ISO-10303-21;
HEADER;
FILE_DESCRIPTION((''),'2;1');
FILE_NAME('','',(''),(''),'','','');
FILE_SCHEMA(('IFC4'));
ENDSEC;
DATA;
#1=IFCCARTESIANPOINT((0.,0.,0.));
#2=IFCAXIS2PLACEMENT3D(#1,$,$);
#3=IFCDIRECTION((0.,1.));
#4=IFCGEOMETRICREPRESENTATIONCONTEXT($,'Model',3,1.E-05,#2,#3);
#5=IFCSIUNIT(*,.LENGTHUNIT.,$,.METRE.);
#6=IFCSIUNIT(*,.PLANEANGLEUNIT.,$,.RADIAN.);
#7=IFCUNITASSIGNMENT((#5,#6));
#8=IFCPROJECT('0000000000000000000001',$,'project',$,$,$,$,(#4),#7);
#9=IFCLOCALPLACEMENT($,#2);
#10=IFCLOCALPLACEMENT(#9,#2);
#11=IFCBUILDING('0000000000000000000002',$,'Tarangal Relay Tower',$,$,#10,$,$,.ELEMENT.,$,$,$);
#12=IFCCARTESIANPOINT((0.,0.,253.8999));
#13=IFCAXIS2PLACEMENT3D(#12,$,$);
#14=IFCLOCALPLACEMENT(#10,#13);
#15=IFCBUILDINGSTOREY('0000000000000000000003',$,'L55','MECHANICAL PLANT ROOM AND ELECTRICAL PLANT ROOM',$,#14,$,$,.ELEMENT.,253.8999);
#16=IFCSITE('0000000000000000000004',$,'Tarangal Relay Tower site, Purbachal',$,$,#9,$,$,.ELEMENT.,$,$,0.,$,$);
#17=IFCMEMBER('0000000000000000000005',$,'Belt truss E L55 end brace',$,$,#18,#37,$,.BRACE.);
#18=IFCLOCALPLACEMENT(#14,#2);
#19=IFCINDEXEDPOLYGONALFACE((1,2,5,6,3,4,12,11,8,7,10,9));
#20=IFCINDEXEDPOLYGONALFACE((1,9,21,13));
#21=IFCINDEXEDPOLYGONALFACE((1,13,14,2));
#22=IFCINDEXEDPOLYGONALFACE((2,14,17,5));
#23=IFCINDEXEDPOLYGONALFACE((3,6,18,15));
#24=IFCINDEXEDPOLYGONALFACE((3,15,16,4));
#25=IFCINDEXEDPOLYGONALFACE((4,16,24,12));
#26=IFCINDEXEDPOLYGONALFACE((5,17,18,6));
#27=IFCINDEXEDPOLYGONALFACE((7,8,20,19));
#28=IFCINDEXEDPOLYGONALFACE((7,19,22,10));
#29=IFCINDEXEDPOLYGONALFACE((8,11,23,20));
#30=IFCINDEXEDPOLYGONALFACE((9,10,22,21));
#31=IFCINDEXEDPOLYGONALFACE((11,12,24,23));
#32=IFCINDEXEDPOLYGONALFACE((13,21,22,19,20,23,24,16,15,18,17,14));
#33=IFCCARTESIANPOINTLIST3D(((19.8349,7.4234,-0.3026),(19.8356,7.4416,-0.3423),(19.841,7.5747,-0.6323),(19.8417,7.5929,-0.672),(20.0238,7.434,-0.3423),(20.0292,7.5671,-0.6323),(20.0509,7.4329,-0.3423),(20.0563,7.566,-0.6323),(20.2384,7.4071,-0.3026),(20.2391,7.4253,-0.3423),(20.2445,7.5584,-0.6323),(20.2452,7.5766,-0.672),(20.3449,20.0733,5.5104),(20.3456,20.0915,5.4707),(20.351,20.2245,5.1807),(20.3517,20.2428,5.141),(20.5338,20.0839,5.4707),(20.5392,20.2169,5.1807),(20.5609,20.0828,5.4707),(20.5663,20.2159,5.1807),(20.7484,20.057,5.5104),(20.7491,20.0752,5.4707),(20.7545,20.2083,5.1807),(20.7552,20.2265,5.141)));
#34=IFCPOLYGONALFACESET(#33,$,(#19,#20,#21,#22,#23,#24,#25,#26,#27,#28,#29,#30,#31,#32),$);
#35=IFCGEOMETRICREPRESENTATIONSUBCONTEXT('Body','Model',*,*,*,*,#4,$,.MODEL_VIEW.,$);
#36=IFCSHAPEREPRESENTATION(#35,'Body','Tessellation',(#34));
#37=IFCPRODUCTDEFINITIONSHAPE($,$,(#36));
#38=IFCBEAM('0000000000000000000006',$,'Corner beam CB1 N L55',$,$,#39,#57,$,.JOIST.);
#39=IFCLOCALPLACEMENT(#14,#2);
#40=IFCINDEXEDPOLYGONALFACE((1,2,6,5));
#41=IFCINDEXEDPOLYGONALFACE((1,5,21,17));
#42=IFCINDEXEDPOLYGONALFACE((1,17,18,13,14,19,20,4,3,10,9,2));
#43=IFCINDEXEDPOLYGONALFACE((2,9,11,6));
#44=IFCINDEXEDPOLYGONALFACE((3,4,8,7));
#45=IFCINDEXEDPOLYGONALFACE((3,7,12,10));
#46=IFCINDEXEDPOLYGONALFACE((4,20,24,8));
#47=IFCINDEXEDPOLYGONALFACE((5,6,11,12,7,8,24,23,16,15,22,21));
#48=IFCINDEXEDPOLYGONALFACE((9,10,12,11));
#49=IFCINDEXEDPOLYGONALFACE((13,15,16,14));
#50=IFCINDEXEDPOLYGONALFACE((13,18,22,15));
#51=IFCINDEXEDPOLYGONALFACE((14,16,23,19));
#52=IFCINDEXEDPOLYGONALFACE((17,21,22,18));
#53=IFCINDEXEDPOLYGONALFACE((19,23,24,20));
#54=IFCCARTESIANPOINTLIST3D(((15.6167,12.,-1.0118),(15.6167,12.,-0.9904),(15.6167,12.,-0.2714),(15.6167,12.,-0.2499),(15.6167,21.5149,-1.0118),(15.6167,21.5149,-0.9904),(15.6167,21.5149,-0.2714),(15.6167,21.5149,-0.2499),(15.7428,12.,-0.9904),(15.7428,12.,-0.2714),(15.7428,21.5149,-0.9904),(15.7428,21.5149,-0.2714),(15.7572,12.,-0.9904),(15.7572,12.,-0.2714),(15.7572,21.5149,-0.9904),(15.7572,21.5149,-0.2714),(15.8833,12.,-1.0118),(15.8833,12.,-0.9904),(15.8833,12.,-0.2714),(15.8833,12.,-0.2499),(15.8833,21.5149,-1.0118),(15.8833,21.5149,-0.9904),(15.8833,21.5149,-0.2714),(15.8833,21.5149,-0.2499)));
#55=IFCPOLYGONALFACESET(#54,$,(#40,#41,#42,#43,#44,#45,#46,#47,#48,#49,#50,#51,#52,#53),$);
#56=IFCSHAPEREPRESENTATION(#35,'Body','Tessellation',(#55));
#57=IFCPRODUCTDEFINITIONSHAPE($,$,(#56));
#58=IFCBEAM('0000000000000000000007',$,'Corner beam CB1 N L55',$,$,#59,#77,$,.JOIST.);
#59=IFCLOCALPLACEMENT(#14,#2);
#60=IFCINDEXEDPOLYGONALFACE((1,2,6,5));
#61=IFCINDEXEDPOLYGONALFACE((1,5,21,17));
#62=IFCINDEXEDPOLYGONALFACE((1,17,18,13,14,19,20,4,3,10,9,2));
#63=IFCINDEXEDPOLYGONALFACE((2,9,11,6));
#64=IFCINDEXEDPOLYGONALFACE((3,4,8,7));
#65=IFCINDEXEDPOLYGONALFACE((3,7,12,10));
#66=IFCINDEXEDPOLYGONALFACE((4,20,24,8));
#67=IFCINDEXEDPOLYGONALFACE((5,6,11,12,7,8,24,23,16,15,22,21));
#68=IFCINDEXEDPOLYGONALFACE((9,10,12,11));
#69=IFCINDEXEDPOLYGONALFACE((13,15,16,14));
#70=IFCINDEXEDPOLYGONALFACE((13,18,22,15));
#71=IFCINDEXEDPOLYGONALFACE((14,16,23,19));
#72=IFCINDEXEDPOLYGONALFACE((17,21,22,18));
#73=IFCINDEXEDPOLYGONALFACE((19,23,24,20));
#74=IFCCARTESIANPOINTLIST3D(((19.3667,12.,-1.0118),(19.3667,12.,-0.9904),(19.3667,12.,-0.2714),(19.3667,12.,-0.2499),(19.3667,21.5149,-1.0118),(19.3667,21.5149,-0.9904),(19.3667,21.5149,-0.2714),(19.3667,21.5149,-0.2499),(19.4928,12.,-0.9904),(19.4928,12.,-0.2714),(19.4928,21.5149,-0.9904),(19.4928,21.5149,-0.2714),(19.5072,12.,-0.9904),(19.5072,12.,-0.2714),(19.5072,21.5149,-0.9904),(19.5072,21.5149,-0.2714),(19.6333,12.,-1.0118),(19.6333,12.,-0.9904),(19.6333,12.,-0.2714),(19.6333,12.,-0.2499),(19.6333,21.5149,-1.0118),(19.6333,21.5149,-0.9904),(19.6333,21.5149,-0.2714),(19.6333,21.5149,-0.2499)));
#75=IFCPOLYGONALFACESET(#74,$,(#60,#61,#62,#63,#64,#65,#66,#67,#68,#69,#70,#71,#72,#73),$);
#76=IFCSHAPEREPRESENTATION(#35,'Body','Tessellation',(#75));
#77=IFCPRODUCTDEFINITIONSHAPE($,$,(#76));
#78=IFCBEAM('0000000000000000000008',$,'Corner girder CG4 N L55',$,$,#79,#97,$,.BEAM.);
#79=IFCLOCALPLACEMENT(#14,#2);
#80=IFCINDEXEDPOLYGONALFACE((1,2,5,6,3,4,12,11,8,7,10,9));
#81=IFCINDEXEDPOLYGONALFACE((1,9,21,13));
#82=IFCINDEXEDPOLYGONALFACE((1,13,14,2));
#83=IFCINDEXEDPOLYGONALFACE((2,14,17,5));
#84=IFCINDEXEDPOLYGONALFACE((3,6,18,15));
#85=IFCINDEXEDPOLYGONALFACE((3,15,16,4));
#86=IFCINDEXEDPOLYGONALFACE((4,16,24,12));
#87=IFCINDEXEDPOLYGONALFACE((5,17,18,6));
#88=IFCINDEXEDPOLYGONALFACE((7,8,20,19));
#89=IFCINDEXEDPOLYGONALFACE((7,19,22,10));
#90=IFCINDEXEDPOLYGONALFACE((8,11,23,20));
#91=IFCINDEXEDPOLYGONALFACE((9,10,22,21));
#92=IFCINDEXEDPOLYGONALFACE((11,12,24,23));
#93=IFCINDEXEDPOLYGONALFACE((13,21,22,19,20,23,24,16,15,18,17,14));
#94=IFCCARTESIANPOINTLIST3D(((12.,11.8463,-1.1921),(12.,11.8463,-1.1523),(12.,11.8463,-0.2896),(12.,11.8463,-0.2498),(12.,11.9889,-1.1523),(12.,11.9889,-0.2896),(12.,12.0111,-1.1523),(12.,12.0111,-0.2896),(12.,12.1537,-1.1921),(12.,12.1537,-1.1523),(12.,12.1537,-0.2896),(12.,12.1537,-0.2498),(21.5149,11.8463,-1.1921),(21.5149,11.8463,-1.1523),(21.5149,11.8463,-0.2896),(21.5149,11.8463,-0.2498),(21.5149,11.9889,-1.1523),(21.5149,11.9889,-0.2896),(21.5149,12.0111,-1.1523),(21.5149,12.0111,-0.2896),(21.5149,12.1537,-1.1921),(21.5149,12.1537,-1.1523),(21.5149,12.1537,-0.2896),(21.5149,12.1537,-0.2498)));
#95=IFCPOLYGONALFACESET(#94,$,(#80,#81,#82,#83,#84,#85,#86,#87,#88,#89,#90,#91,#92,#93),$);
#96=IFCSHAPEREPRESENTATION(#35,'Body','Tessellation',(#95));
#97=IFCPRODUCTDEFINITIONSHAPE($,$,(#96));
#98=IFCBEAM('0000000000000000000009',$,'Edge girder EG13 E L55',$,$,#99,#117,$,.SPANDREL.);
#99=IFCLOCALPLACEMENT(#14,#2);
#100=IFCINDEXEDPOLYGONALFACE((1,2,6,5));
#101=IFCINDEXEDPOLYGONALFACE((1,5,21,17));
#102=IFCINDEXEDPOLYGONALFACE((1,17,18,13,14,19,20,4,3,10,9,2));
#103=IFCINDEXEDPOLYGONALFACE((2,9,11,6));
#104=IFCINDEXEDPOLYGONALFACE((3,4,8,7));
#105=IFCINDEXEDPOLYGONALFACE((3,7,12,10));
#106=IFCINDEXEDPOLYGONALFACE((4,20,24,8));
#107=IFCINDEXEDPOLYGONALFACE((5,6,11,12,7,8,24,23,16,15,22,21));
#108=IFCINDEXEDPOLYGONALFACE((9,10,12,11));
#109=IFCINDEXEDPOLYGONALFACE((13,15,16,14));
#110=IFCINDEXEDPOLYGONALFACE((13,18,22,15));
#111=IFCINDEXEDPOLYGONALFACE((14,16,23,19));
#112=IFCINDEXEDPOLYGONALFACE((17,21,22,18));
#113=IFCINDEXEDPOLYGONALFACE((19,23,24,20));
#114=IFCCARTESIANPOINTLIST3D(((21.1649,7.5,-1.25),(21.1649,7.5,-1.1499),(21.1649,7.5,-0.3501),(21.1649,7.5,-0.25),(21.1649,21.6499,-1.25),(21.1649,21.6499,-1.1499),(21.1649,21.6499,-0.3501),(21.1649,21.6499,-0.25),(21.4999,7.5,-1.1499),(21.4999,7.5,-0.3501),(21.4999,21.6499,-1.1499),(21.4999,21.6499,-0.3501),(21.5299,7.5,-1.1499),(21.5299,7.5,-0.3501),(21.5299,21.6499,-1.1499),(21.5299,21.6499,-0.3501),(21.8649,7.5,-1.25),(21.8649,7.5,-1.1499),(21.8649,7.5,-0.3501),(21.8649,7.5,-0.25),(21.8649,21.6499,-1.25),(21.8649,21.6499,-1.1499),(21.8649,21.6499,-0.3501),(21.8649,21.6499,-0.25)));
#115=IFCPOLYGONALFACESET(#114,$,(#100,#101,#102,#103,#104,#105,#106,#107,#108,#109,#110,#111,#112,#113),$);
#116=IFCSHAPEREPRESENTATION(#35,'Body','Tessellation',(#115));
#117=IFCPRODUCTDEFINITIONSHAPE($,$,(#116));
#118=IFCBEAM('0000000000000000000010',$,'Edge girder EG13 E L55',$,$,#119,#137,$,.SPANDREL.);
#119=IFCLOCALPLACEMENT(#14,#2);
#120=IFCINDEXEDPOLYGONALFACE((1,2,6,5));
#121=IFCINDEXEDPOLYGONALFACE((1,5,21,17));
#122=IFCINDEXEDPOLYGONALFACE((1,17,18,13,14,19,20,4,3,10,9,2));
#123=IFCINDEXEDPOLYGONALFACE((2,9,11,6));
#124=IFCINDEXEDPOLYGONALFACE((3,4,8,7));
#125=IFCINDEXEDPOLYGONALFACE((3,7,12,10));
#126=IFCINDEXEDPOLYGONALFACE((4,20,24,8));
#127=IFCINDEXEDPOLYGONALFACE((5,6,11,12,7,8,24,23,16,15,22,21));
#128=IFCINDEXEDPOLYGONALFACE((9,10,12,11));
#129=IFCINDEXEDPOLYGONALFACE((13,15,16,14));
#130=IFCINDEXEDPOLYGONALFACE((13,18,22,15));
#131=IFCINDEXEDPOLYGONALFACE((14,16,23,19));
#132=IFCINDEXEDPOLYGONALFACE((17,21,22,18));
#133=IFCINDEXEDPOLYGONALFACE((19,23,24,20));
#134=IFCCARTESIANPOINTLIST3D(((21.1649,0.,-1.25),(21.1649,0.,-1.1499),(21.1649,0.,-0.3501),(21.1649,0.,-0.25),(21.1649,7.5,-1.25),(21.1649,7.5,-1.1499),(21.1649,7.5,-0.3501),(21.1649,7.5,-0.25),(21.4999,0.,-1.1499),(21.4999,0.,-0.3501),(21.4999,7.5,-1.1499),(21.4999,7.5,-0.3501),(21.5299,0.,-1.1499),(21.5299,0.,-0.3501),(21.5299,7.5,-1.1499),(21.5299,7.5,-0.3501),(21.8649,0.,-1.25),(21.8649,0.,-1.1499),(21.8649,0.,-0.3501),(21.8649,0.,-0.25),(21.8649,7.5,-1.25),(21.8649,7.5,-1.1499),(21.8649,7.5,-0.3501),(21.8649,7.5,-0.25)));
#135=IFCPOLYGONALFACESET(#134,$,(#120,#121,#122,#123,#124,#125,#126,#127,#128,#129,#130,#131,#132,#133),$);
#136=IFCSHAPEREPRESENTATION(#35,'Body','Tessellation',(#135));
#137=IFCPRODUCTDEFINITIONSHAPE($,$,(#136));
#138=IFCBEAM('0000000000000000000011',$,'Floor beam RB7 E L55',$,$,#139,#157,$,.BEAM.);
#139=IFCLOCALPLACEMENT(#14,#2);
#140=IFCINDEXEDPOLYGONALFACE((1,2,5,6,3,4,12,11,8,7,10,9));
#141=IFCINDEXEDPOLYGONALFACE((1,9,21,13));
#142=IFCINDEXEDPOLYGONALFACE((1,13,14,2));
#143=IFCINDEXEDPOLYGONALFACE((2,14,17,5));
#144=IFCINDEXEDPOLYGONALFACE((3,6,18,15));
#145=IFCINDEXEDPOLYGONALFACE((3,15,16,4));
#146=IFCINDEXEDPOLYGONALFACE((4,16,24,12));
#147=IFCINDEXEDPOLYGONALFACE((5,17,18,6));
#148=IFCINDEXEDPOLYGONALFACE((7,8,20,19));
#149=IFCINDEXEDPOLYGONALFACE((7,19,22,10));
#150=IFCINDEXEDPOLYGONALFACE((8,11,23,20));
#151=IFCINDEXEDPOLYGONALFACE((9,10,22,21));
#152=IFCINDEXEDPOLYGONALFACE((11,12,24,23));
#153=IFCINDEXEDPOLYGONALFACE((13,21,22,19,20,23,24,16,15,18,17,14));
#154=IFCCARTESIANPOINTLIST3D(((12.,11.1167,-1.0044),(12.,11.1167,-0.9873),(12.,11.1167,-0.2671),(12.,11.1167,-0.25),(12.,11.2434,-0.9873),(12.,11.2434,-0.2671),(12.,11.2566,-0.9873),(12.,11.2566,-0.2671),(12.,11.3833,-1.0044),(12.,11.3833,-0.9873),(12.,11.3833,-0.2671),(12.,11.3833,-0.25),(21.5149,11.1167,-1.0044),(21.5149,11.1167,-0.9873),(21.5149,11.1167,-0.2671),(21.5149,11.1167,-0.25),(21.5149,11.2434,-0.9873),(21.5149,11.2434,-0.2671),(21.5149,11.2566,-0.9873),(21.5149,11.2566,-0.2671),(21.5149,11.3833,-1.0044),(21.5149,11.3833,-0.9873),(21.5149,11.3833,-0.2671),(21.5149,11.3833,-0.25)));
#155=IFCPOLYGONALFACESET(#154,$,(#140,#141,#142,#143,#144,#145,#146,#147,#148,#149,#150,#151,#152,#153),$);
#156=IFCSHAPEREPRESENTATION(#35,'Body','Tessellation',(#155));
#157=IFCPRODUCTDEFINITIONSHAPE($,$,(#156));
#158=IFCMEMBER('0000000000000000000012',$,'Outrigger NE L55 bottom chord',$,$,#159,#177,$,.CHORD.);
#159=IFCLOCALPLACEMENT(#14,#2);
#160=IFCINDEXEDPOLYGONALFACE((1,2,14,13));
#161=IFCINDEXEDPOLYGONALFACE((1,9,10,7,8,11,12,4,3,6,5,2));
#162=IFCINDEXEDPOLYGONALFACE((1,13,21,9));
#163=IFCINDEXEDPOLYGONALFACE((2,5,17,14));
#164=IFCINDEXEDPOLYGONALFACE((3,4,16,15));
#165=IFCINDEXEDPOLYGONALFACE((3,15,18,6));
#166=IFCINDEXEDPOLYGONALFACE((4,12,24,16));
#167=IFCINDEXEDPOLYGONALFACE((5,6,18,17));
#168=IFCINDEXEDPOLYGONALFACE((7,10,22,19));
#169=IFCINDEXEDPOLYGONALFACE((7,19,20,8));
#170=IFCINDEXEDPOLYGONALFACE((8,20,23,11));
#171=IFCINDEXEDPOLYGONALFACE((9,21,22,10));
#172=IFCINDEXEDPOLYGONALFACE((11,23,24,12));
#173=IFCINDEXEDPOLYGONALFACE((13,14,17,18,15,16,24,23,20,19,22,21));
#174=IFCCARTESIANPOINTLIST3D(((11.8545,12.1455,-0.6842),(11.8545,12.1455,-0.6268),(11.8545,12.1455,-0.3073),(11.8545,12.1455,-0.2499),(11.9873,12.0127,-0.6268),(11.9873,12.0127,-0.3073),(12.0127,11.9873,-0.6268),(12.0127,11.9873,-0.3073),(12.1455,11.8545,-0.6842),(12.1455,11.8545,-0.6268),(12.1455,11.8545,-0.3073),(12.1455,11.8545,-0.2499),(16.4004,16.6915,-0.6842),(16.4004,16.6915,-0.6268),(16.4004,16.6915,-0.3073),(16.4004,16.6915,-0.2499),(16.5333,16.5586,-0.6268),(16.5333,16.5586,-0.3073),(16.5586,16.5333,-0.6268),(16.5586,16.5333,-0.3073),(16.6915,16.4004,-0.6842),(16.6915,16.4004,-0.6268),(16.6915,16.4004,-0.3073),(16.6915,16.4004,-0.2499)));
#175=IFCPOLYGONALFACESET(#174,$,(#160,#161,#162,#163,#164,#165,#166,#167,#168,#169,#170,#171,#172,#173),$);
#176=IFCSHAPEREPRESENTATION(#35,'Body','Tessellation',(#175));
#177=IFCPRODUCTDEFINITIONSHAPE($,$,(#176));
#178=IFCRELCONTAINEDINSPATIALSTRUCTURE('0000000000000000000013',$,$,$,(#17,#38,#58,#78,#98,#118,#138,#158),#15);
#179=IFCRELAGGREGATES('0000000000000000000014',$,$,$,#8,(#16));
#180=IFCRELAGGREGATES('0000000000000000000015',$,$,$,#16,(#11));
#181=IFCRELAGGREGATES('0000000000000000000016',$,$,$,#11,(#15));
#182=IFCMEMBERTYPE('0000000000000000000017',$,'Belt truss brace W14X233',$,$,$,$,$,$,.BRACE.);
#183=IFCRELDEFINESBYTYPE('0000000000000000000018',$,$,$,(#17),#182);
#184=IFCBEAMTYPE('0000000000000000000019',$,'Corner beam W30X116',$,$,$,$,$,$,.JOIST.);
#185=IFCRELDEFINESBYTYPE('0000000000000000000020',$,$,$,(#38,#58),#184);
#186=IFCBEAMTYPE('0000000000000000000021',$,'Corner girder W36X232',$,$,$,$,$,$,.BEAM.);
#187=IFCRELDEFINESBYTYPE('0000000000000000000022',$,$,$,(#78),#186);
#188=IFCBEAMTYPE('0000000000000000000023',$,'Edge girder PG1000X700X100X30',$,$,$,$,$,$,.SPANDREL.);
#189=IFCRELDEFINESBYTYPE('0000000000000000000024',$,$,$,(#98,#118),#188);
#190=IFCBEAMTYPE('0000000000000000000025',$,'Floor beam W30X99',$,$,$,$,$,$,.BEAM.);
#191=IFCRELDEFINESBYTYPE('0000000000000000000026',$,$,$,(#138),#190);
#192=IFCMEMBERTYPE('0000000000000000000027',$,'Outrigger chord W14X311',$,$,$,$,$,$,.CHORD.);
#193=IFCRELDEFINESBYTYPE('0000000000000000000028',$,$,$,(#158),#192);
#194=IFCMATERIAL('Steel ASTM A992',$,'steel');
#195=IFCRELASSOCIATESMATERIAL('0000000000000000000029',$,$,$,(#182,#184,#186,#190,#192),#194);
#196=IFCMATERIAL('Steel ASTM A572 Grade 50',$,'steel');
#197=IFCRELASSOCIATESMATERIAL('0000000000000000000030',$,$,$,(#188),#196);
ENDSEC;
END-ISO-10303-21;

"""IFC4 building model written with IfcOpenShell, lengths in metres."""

from ifc_helpers import new_model, si_unit, direction, frame, origin, origin_2d, place, context, subcontext, project, spatial, i_section, extrude, material, material_profile, profile_set, type_object, element, save


model = new_model("IFC4")

# Units and contexts
model_context = context("Model", 3, precision=1e-05, world=origin(), true_north=direction((0.0, 1.0)))
body_context = subcontext(model_context, "Body", "Model", "MODEL_VIEW")
ifc_project = project(units=[si_unit("LENGTHUNIT", "METRE"), si_unit("PLANEANGLEUNIT", "RADIAN")], contexts=[model_context])

# Site, building, storey
site_placement = place(None, origin())
site = spatial("IfcSite", under=ifc_project, at=site_placement, Name="Tarangal Relay Tower site, Purbachal", CompositionType="ELEMENT", RefElevation=0.0)
building_placement = place(site_placement, origin())
building = spatial("IfcBuilding", under=site, at=building_placement, Name="Tarangal Relay Tower", CompositionType="ELEMENT")
storey_placement = place(building_placement, frame((0.0, 0.0, 253.8999)))
storey = spatial("IfcBuildingStorey", under=building, at=storey_placement, Name="L55", Description="MECHANICAL PLANT ROOM AND ELECTRICAL PLANT ROOM", CompositionType="ELEMENT", Elevation=253.8999)

# Shared definitions
ifc_material_1 = material(Name="Steel ASTM A572 Grade 50", Category="steel")

# Member
ifc_material_2 = material(Name="Steel ASTM A992", Category="steel")
ifc_material_profile_1 = material_profile(ifc_material_2, i_section(OverallWidth=0.4038, OverallDepth=0.4065, WebThickness=0.0271, FlangeThickness=0.0437, at=origin_2d()), Name="W14X233")
ifc_profile_set_1 = profile_set([ifc_material_profile_1], Name="Steel ASTM A992")
member_type_1 = type_object("IfcMemberType", Name="Belt truss brace W14X233", PredefinedType="BRACE", material=ifc_profile_set_1)
member_1_placement = place(storey_placement, frame((20.04, 7.5, -0.4873), z_axis=(0.03661, 0.908044, 0.417272), x_axis=(-0.999188, 0.040285, 0.0)))
element("IfcMember", 1, at=member_1_placement, inside=storey, type_object=member_type_1, Name="Belt truss E L55 end brace", PredefinedType="BRACE", context=body_context, shape_type="SweptSolid", body=[
    extrude(i_section(OverallWidth=0.4038, OverallDepth=0.4065, WebThickness=0.0271, FlangeThickness=0.0437, at=origin_2d()), origin(), (0.0, 0.0, 1.0), 13.9309),
])

# Beams
ifc_material_profile_2 = material_profile(ifc_material_2, i_section(OverallWidth=0.2666, OverallDepth=0.762, WebThickness=0.0144, FlangeThickness=0.0215, at=origin_2d()), Name="W30X116")
ifc_profile_set_2 = profile_set([ifc_material_profile_2], Name="Steel ASTM A992")
beam_type_1 = type_object("IfcBeamType", Name="Corner beam W30X116", PredefinedType="JOIST", material=ifc_profile_set_2)
for number, where, z_axis, x_axis, name in (
    (2, (15.75, 12.0, -0.6309), (0.0, 1.0, 0.0), (-1.0, 0.0, 0.0), "Corner beam CB1 N L55"),
    (3, (19.5, 12.0, -0.6309), (0.0, 1.0, 0.0), (-1.0, 0.0, 0.0), "Corner beam CB1 N L55"),
):
    element("IfcBeam", number, at=place(storey_placement, frame(where, z_axis=z_axis, x_axis=x_axis)), inside=storey, type_object=beam_type_1, Name=name, PredefinedType="JOIST", context=body_context, shape_type="SweptSolid", body=[
        extrude(i_section(OverallWidth=0.2666, OverallDepth=0.762, WebThickness=0.0144, FlangeThickness=0.0215, at=origin_2d()), origin(), (0.0, 0.0, 1.0), 9.5149),
    ])
ifc_material_profile_3 = material_profile(ifc_material_2, i_section(OverallWidth=0.3074, OverallDepth=0.9424, WebThickness=0.0222, FlangeThickness=0.0398, at=origin_2d()), Name="W36X232")
ifc_profile_set_3 = profile_set([ifc_material_profile_3], Name="Steel ASTM A992")
beam_type_2 = type_object("IfcBeamType", Name="Corner girder W36X232", PredefinedType="BEAM", material=ifc_profile_set_3)
beam_1_placement = place(storey_placement, frame((12.0, 12.0, -0.7209), z_axis=(1.0, 0.0, 0.0), x_axis=(0.0, 1.0, 0.0)))
element("IfcBeam", 4, at=beam_1_placement, inside=storey, type_object=beam_type_2, Name="Corner girder CG4 N L55", PredefinedType="BEAM", context=body_context, shape_type="SweptSolid", body=[
    extrude(i_section(OverallWidth=0.3074, OverallDepth=0.9424, WebThickness=0.0222, FlangeThickness=0.0398, at=origin_2d()), origin(), (0.0, 0.0, 1.0), 9.5149),
])
ifc_material_profile_4 = material_profile(ifc_material_1, i_section(OverallWidth=0.7, OverallDepth=1.0, WebThickness=0.03, FlangeThickness=0.1001, at=origin_2d()), Name="PG1000X700X100X30")
ifc_profile_set_4 = profile_set([ifc_material_profile_4], Name="Steel ASTM A572 Grade 50")
beam_type_3 = type_object("IfcBeamType", Name="Edge girder PG1000X700X100X30", PredefinedType="SPANDREL", material=ifc_profile_set_4)
beam_2_placement = place(storey_placement, frame((21.5149, 21.6499, -0.75), z_axis=(0.0, -1.0, 0.0), x_axis=(1.0, 0.0, 0.0)))
element("IfcBeam", 5, at=beam_2_placement, inside=storey, type_object=beam_type_3, Name="Edge girder EG13 E L55", PredefinedType="SPANDREL", context=body_context, shape_type="SweptSolid", body=[
    extrude(i_section(OverallWidth=0.7, OverallDepth=1.0, WebThickness=0.03, FlangeThickness=0.1001, at=origin_2d()), origin(), (0.0, 0.0, 1.0), 14.1499),
])
beam_3_placement = place(storey_placement, frame((21.5149, 7.5, -0.75), z_axis=(0.0, -1.0, 0.0), x_axis=(1.0, 0.0, 0.0)))
element("IfcBeam", 6, at=beam_3_placement, inside=storey, type_object=beam_type_3, Name="Edge girder EG13 E L55", PredefinedType="SPANDREL", context=body_context, shape_type="SweptSolid", body=[
    extrude(i_section(OverallWidth=0.7, OverallDepth=1.0, WebThickness=0.03, FlangeThickness=0.1001, at=origin_2d()), origin(), (0.0, 0.0, 1.0), 7.5),
])
ifc_material_profile_5 = material_profile(ifc_material_2, i_section(OverallWidth=0.2666, OverallDepth=0.7544, WebThickness=0.0132, FlangeThickness=0.0171, at=origin_2d()), Name="W30X99")
ifc_profile_set_5 = profile_set([ifc_material_profile_5], Name="Steel ASTM A992")
beam_type_4 = type_object("IfcBeamType", Name="Floor beam W30X99", PredefinedType="BEAM", material=ifc_profile_set_5)
beam_4_placement = place(storey_placement, frame((12.0, 11.25, -0.6272), z_axis=(1.0, 0.0, 0.0), x_axis=(0.0, 1.0, 0.0)))
element("IfcBeam", 7, at=beam_4_placement, inside=storey, type_object=beam_type_4, Name="Floor beam RB7 E L55", PredefinedType="BEAM", context=body_context, shape_type="SweptSolid", body=[
    extrude(i_section(OverallWidth=0.2666, OverallDepth=0.7544, WebThickness=0.0132, FlangeThickness=0.0171, at=origin_2d()), origin(), (0.0, 0.0, 1.0), 9.5149),
])

# Member
ifc_material_profile_6 = material_profile(ifc_material_2, i_section(OverallWidth=0.4116, OverallDepth=0.4343, WebThickness=0.0359, FlangeThickness=0.0574, at=origin_2d()), Name="W14X311")
ifc_profile_set_6 = profile_set([ifc_material_profile_6], Name="Steel ASTM A992")
member_type_2 = type_object("IfcMemberType", Name="Outrigger chord W14X311", PredefinedType="CHORD", material=ifc_profile_set_6)
member_2_placement = place(storey_placement, frame((12.0, 12.0, -0.467), z_axis=(0.707107, 0.707107, 0.0), x_axis=(-0.707107, 0.707107, 0.0)))
element("IfcMember", 8, at=member_2_placement, inside=storey, type_object=member_type_2, Name="Outrigger NE L55 bottom chord", PredefinedType="CHORD", context=body_context, shape_type="SweptSolid", body=[
    extrude(i_section(OverallWidth=0.4116, OverallDepth=0.4343, WebThickness=0.0359, FlangeThickness=0.0574, at=origin_2d()), origin(), (0.0, 0.0, 1.0), 6.429),
])

save(model, "model.ifc")
